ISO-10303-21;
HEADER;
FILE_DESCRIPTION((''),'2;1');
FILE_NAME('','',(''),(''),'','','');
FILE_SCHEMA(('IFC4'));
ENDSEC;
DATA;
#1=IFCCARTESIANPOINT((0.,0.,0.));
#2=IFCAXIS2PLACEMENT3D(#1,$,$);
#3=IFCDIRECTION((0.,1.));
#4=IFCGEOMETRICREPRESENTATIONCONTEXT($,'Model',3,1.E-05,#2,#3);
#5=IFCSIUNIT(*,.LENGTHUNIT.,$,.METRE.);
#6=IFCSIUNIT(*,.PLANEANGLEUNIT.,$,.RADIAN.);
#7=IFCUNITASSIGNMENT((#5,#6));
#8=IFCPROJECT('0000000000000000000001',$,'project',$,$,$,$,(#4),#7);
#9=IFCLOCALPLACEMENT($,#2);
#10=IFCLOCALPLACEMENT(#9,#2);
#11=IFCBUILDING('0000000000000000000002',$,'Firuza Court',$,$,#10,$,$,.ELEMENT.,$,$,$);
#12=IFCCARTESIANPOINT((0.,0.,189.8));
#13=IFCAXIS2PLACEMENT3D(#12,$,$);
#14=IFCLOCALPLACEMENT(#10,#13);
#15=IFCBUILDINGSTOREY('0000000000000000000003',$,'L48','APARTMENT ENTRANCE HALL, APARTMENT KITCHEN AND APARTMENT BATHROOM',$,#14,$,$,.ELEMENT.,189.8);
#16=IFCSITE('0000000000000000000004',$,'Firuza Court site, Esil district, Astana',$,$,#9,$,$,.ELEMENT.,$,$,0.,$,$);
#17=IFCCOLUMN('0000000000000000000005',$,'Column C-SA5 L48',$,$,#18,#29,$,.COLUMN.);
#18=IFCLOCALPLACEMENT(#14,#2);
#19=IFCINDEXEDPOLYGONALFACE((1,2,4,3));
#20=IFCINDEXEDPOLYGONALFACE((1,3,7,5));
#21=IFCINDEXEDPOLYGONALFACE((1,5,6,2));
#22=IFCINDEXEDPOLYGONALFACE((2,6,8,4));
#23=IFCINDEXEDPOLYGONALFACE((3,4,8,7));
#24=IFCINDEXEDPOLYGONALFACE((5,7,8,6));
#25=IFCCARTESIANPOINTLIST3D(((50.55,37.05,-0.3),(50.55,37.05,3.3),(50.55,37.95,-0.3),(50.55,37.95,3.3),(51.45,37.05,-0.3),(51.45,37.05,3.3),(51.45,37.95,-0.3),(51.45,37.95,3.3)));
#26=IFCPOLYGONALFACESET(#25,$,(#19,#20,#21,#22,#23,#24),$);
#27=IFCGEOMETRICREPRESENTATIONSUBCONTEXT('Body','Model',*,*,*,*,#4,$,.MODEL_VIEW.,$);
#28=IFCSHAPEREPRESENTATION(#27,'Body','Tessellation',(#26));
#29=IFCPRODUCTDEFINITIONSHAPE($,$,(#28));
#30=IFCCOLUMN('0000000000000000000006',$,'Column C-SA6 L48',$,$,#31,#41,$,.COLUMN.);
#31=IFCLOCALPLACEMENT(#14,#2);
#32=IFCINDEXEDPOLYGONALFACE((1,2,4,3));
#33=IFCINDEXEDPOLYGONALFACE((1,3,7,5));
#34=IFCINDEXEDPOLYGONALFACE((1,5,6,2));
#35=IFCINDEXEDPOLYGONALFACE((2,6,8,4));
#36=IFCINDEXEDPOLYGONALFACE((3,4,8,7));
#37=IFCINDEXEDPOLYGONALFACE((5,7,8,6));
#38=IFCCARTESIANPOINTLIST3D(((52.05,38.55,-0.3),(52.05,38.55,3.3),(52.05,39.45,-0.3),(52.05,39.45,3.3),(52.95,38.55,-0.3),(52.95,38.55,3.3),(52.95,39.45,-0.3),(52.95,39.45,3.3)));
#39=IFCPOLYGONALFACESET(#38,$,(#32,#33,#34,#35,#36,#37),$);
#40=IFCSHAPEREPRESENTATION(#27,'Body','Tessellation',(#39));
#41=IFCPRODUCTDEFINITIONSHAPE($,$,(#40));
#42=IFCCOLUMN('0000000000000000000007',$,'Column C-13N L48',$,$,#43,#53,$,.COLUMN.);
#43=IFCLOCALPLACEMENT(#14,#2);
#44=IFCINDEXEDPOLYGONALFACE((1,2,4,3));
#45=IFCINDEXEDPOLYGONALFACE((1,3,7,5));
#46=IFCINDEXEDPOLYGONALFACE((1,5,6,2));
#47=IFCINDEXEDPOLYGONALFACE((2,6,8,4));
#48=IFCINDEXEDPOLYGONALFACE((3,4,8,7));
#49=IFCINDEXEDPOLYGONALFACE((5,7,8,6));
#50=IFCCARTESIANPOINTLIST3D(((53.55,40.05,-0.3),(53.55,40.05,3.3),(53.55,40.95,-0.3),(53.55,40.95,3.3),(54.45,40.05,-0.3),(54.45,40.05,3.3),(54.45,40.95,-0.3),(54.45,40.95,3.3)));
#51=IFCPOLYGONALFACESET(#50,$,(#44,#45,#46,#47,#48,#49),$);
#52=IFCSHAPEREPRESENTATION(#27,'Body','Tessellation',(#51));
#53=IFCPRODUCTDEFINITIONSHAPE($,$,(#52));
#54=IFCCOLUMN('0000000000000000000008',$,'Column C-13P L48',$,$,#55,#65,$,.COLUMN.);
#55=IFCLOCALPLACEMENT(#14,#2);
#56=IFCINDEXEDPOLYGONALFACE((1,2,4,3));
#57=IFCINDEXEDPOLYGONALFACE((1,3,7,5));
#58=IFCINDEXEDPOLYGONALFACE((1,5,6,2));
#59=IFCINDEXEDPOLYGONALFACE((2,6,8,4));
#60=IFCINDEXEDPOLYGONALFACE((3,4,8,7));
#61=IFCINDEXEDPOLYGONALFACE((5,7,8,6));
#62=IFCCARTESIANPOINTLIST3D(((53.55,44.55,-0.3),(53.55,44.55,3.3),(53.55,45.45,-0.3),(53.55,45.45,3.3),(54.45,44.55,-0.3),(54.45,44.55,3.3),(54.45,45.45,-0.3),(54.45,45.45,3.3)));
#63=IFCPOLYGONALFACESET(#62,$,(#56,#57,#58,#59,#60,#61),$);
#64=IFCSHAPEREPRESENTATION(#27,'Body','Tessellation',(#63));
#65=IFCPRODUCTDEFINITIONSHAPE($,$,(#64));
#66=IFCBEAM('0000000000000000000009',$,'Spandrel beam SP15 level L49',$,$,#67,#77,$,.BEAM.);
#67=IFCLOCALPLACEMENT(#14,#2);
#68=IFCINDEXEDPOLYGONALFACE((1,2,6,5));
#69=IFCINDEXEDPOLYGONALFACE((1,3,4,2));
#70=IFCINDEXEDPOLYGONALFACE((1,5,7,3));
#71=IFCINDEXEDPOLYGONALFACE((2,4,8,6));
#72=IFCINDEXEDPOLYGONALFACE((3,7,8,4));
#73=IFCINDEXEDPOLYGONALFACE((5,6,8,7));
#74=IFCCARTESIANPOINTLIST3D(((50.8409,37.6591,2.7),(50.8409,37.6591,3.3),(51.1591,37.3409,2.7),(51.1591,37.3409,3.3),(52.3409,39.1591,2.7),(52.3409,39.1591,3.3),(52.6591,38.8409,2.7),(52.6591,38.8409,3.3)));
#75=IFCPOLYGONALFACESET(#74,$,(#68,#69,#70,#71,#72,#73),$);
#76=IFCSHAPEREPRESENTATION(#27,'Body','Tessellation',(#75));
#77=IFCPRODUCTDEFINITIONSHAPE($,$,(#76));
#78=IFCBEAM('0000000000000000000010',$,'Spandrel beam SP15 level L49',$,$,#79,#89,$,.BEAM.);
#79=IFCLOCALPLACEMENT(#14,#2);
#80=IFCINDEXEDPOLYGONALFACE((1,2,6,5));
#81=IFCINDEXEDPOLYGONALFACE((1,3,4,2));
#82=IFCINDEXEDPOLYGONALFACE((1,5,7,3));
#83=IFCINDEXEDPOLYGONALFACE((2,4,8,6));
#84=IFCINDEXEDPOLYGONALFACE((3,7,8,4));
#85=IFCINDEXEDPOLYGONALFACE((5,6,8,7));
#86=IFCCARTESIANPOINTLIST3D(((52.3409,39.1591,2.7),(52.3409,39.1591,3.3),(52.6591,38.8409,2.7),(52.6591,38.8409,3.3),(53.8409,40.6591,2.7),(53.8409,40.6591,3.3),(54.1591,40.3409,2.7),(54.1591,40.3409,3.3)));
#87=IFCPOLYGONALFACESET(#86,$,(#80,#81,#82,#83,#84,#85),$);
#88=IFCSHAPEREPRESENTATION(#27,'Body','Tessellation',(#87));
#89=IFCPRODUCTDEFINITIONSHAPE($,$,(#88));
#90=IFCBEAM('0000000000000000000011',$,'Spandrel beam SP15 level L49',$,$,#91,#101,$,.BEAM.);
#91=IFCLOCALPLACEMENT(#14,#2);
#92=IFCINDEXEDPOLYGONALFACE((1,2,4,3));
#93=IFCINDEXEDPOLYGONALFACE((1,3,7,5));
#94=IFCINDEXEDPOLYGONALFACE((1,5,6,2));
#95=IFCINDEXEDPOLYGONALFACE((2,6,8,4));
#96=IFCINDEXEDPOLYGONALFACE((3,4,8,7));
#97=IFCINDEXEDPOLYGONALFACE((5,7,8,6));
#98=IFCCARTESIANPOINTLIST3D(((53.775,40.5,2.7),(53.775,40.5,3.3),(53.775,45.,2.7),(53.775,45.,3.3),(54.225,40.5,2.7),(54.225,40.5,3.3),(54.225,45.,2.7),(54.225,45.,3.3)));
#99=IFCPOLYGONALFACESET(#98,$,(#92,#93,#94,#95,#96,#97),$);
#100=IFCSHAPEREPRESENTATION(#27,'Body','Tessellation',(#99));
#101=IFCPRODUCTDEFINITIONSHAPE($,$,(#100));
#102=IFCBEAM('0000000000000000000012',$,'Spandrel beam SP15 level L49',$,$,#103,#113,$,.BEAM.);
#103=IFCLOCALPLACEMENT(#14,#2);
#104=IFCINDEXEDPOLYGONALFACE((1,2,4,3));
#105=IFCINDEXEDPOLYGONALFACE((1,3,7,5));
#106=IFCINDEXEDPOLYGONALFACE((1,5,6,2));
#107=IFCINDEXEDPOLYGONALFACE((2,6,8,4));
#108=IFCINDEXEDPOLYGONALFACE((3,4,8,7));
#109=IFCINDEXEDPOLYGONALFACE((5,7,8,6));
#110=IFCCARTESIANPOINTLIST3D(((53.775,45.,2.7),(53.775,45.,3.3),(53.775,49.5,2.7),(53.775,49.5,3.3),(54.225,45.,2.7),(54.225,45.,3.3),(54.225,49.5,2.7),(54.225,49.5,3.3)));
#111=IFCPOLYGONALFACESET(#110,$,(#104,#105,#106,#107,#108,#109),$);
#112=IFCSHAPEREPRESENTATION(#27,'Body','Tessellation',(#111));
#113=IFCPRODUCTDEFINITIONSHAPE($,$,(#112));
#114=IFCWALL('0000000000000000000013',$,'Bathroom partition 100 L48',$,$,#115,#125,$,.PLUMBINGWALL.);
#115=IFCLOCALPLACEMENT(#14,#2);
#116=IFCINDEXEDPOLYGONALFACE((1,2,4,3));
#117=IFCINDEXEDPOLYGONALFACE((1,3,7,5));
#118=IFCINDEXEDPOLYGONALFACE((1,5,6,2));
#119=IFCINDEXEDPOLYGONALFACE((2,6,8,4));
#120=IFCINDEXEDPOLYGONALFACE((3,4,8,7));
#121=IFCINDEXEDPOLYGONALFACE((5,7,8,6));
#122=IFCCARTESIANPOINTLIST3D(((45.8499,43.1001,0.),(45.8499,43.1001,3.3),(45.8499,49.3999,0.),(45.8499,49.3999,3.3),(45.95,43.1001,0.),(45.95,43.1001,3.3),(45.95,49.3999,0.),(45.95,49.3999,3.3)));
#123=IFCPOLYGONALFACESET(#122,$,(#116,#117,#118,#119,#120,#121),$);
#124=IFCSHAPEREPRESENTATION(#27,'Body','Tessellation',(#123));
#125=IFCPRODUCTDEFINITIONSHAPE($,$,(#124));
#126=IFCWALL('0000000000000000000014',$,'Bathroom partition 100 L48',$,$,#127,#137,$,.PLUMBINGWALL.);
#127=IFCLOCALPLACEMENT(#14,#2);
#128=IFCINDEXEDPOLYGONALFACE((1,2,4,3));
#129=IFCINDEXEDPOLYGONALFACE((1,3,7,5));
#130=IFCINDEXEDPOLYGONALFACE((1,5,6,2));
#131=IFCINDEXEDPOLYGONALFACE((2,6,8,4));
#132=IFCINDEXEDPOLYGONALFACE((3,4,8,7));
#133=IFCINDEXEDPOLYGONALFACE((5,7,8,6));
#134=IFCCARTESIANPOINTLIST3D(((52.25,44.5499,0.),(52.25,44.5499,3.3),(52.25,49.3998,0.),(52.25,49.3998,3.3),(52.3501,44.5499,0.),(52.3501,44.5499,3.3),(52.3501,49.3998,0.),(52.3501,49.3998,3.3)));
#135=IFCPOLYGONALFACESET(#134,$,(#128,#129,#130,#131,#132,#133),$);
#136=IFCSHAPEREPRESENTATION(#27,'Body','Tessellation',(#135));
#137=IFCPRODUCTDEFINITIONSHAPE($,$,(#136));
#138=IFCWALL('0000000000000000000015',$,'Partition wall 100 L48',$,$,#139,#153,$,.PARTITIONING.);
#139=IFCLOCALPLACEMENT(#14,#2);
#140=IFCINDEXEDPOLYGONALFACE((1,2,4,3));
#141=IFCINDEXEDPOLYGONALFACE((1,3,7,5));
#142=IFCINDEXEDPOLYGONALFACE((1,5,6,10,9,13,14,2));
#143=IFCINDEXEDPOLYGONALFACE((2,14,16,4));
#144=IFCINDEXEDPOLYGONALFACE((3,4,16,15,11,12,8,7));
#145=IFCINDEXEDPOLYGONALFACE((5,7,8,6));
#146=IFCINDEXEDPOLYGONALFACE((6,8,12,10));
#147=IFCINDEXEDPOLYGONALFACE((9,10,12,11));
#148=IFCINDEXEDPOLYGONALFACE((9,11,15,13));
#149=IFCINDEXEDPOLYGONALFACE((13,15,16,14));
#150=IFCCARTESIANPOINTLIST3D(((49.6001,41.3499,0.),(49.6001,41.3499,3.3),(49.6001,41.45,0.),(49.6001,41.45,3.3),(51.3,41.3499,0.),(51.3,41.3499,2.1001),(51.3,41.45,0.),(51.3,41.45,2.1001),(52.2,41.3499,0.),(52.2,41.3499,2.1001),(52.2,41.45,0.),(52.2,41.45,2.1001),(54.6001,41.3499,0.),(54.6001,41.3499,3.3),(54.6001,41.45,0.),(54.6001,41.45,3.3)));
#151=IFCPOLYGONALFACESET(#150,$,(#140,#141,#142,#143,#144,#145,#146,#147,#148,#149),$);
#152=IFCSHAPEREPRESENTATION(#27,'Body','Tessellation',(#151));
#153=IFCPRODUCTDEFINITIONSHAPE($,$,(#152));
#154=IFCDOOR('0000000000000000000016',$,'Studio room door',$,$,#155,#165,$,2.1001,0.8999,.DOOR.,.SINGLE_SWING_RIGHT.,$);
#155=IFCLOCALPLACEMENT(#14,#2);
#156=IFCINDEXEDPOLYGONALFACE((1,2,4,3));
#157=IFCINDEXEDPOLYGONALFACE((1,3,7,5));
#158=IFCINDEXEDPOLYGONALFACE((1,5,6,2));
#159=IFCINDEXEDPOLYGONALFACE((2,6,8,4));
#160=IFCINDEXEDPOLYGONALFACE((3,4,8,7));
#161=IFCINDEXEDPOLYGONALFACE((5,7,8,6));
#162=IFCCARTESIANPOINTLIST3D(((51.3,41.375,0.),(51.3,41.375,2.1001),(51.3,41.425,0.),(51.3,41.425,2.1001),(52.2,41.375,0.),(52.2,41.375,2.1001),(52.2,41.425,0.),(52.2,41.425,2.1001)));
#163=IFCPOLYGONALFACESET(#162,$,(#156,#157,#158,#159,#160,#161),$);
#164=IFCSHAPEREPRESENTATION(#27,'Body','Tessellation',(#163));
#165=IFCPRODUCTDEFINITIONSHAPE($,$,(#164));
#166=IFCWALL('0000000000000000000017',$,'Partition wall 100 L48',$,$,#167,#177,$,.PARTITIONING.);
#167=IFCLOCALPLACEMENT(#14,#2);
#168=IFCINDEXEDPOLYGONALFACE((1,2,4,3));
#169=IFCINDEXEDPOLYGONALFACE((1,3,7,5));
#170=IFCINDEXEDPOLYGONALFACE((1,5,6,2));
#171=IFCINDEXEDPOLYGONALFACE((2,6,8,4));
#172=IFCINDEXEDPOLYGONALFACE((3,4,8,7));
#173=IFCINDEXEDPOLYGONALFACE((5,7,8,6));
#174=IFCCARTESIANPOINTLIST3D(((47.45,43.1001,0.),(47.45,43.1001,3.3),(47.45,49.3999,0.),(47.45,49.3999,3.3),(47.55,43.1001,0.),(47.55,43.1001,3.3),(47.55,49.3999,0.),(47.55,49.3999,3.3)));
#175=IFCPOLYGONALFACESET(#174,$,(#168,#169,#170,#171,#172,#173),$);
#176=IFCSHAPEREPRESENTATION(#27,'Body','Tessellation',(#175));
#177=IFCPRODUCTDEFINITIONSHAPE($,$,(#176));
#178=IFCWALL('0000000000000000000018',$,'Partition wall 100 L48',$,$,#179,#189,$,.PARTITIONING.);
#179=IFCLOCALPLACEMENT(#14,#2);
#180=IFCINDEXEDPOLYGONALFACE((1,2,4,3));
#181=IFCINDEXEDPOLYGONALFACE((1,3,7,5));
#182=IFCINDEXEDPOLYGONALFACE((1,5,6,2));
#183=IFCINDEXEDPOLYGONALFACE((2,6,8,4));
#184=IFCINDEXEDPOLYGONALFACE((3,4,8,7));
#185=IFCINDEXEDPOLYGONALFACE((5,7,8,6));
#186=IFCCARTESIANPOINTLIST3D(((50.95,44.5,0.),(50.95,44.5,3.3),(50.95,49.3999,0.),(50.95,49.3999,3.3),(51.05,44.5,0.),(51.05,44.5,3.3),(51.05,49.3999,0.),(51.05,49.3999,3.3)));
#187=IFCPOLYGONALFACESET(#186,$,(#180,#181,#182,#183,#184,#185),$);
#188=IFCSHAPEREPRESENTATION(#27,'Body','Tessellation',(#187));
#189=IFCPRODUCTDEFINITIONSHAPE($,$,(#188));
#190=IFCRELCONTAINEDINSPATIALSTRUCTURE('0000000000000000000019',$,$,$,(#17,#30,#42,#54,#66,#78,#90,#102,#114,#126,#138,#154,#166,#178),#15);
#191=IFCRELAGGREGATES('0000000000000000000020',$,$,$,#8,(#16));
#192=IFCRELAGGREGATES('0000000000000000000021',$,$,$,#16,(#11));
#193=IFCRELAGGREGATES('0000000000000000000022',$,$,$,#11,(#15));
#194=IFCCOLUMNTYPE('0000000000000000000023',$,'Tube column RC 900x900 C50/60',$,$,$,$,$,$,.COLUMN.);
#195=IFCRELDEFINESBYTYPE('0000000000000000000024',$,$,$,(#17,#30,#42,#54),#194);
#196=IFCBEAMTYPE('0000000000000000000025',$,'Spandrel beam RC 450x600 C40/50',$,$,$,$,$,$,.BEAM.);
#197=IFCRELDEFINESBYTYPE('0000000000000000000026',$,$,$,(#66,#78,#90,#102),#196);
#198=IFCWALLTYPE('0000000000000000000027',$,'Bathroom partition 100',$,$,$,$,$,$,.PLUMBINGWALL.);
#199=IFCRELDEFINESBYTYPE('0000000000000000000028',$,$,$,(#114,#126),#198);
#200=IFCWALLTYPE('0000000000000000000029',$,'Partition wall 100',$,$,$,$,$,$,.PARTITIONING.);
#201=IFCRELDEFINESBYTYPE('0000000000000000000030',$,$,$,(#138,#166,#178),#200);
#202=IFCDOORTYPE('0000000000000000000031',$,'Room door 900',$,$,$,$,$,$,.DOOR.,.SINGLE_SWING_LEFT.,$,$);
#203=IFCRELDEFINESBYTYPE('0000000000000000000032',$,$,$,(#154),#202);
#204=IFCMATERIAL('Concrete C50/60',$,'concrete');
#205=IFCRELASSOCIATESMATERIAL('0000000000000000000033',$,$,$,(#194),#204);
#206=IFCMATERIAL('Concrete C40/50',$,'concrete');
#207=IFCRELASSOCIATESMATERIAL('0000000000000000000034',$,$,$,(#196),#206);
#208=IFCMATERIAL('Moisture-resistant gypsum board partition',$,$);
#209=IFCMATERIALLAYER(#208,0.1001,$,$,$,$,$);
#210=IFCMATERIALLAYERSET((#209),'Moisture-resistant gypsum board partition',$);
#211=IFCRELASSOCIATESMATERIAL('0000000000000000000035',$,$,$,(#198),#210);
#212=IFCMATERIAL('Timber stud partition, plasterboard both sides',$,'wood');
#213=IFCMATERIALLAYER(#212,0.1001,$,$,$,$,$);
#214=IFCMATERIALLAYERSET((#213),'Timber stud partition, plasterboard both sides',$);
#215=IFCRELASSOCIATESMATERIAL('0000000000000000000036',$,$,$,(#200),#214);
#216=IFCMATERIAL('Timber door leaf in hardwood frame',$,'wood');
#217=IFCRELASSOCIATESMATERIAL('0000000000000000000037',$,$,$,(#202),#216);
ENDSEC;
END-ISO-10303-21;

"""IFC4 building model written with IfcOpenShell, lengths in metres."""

from ifc_helpers import new_model, si_unit, direction, frame, frame_2d, origin, origin_2d, place, context, subcontext, project, spatial, rectangle, extrude, material, layer, layer_set, material_profile, profile_set, type_object, element, fill, save


model = new_model("IFC4")

# Units and contexts
model_context = context("Model", 3, precision=1e-05, world=origin(), true_north=direction((0.0, 1.0)))
body_context = subcontext(model_context, "Body", "Model", "MODEL_VIEW")
ifc_project = project(units=[si_unit("LENGTHUNIT", "METRE"), si_unit("PLANEANGLEUNIT", "RADIAN")], contexts=[model_context])

# Site, building, storey
site_placement = place(None, origin())
site = spatial("IfcSite", under=ifc_project, at=site_placement, Name="Firuza Court site, Esil district, Astana", CompositionType="ELEMENT", RefElevation=0.0)
building_placement = place(site_placement, origin())
building = spatial("IfcBuilding", under=site, at=building_placement, Name="Firuza Court", CompositionType="ELEMENT")
storey_placement = place(building_placement, frame((0.0, 0.0, 189.8)))
storey = spatial("IfcBuildingStorey", under=building, at=storey_placement, Name="L48", Description="APARTMENT ENTRANCE HALL, APARTMENT KITCHEN AND APARTMENT BATHROOM", CompositionType="ELEMENT", Elevation=189.8)

# Columns
ifc_material_1 = material(Name="Concrete C50/60", Category="concrete")
ifc_material_profile_1 = material_profile(ifc_material_1, rectangle(XDim=0.8999, YDim=0.8999, at=origin_2d()), Name="RC 900x900")
ifc_profile_set_1 = profile_set([ifc_material_profile_1], Name="Concrete C50/60")
column_type = type_object("IfcColumnType", Name="Tube column RC 900x900 C50/60", PredefinedType="COLUMN", material=ifc_profile_set_1)
for number, where, z_axis, x_axis, name in (
    (1, (51.0, 37.5, -0.3), (0.0, 0.0, 1.0), (1.0, 0.0, 0.0), "Column C-SA5 L48"),
    (2, (52.5, 39.0, -0.3), (0.0, 0.0, 1.0), (1.0, 0.0, 0.0), "Column C-SA6 L48"),
    (3, (54.0, 40.5, -0.3), (0.0, 0.0, 1.0), (1.0, 0.0, 0.0), "Column C-13N L48"),
    (4, (54.0, 45.0, -0.3), (0.0, 0.0, 1.0), (1.0, 0.0, 0.0), "Column C-13P L48"),
):
    element("IfcColumn", number, at=place(storey_placement, frame(where, z_axis=z_axis, x_axis=x_axis)), inside=storey, type_object=column_type, Name=name, PredefinedType="COLUMN", context=body_context, shape_type="SweptSolid", body=[
        extrude(rectangle(XDim=0.8999, YDim=0.8999, at=origin_2d()), origin(), (0.0, 0.0, 1.0), 3.6001),
    ])

# Beams
ifc_material_2 = material(Name="Concrete C40/50", Category="concrete")
ifc_material_profile_2 = material_profile(ifc_material_2, rectangle(XDim=0.45, YDim=0.6001, at=origin_2d()), Name="RC 450x600")
ifc_profile_set_2 = profile_set([ifc_material_profile_2], Name="Concrete C40/50")
beam_type = type_object("IfcBeamType", Name="Spandrel beam RC 450x600 C40/50", PredefinedType="BEAM", material=ifc_profile_set_2)
for number, where, z_axis, x_axis, name in (
    (5, (51.0, 37.5, 3.0), (0.707107, 0.707107, 0.0), (-0.707107, 0.707107, 0.0), "Spandrel beam SP15 level L49"),
    (6, (52.5, 39.0, 3.0), (0.707107, 0.707107, 0.0), (-0.707107, 0.707107, 0.0), "Spandrel beam SP15 level L49"),
):
    element("IfcBeam", number, at=place(storey_placement, frame(where, z_axis=z_axis, x_axis=x_axis)), inside=storey, type_object=beam_type, Name=name, PredefinedType="BEAM", context=body_context, shape_type="SweptSolid", body=[
        extrude(rectangle(XDim=0.45, YDim=0.6001, at=origin_2d()), origin(), (0.0, 0.0, 1.0), 2.1213),
    ])
for number, where, z_axis, x_axis, name in (
    (7, (54.0, 40.5, 3.0), (0.0, 1.0, 0.0), (-1.0, 0.0, 0.0), "Spandrel beam SP15 level L49"),
    (8, (54.0, 45.0, 3.0), (0.0, 1.0, 0.0), (-1.0, 0.0, 0.0), "Spandrel beam SP15 level L49"),
):
    element("IfcBeam", number, at=place(storey_placement, frame(where, z_axis=z_axis, x_axis=x_axis)), inside=storey, type_object=beam_type, Name=name, PredefinedType="BEAM", context=body_context, shape_type="SweptSolid", body=[
        extrude(rectangle(XDim=0.45, YDim=0.6001, at=origin_2d()), origin(), (0.0, 0.0, 1.0), 4.5),
    ])

# Walls
ifc_material_3 = material(Name="Moisture-resistant gypsum board partition")
ifc_layer_1 = layer(ifc_material_3, 0.1001)
ifc_layer_set_1 = layer_set([ifc_layer_1], Name="Moisture-resistant gypsum board partition")
wall_type_1 = type_object("IfcWallType", Name="Bathroom partition 100", PredefinedType="PLUMBINGWALL", material=ifc_layer_set_1)
wall_1_placement = place(storey_placement, frame((45.8999, 43.1001, 0.0), z_axis=(0.0, 0.0, 1.0), x_axis=(0.0, 1.0, 0.0)))
element("IfcWall", 9, at=wall_1_placement, inside=storey, type_object=wall_type_1, Name="Bathroom partition 100 L48", PredefinedType="PLUMBINGWALL", context=body_context, shape_type="SweptSolid", body=[
    extrude(rectangle(XDim=6.2998, YDim=0.1001, at=frame_2d((3.1499, 0.0))), origin(), (0.0, 0.0, 1.0), 3.3),
])
wall_2_placement = place(storey_placement, frame((52.3, 44.55, 0.0), z_axis=(0.0, 0.0, 1.0), x_axis=(0.0, 1.0, 0.0)))
element("IfcWall", 10, at=wall_2_placement, inside=storey, type_object=wall_type_1, Name="Bathroom partition 100 L48", PredefinedType="PLUMBINGWALL", context=body_context, shape_type="SweptSolid", body=[
    extrude(rectangle(XDim=4.8499, YDim=0.1001, at=frame_2d((2.4248, 0.0))), origin(), (0.0, 0.0, 1.0), 3.3),
])

# Wall, opening, door
ifc_material_4 = material(Name="Timber stud partition, plasterboard both sides", Category="wood")
ifc_layer_2 = layer(ifc_material_4, 0.1001)
ifc_layer_set_2 = layer_set([ifc_layer_2], Name="Timber stud partition, plasterboard both sides")
wall_type_2 = type_object("IfcWallType", Name="Partition wall 100", PredefinedType="PARTITIONING", material=ifc_layer_set_2)
wall_3_placement = place(storey_placement, frame((49.6001, 41.3999, 0.0), z_axis=(0.0, 0.0, 1.0), x_axis=(1.0, 0.0, 0.0)))
wall_3 = element("IfcWall", 11, at=wall_3_placement, inside=storey, type_object=wall_type_2, Name="Partition wall 100 L48", PredefinedType="PARTITIONING", context=body_context, shape_type="SweptSolid", body=[
    extrude(rectangle(XDim=5.0, YDim=0.1001, at=frame_2d((2.5, 0.0))), origin(), (0.0, 0.0, 1.0), 3.3),
])
opening_1_placement = place(wall_3_placement, frame((1.7, 0.0, 0.0)))
opening_1 = element("IfcOpeningElement", 12, at=opening_1_placement, cuts=wall_3, PredefinedType="OPENING", context=body_context, shape_type="SweptSolid", body=[
    extrude(rectangle(XDim=0.8999, YDim=2.1001, at=frame_2d((0.45, 1.05))), frame((0.0, 0.062, 0.0), z_axis=(0.0, -1.0, 0.0), x_axis=(1.0, 0.0, 0.0)), (0.0, 0.0, 1.0), 0.124),
])
ifc_material_5 = material(Name="Timber door leaf in hardwood frame", Category="wood")
door_type_1 = type_object("IfcDoorType", Name="Room door 900", OperationType="SINGLE_SWING_LEFT", PredefinedType="DOOR", material=ifc_material_5)
door_1_placement = place(opening_1_placement, frame((0.8999, 0.0, 0.0), z_axis=(0.0, 0.0, 1.0), x_axis=(-1.0, 0.0, 0.0)))
door_1 = element("IfcDoor", 13, at=door_1_placement, inside=storey, type_object=door_type_1, Name="Studio room door", OperationType="SINGLE_SWING_RIGHT", OverallHeight=2.1001, OverallWidth=0.8999, PredefinedType="DOOR", context=body_context, shape_type="SweptSolid", body=[
    extrude(rectangle(XDim=0.8999, YDim=2.1001, at=frame_2d((0.45, 1.05))), frame((0.0, 0.0249, 0.0), z_axis=(0.0, -1.0, 0.0), x_axis=(1.0, 0.0, 0.0)), (0.0, 0.0, 1.0), 0.05),
])
fill(opening_1, door_1)

# Walls
wall_4_placement = place(storey_placement, frame((47.5, 43.1001, 0.0), z_axis=(0.0, 0.0, 1.0), x_axis=(0.0, 1.0, 0.0)))
element("IfcWall", 14, at=wall_4_placement, inside=storey, type_object=wall_type_2, Name="Partition wall 100 L48", PredefinedType="PARTITIONING", context=body_context, shape_type="SweptSolid", body=[
    extrude(rectangle(XDim=6.2998, YDim=0.1001, at=frame_2d((3.1499, 0.0))), origin(), (0.0, 0.0, 1.0), 3.3),
])
wall_5_placement = place(storey_placement, frame((51.0, 44.5, 0.0), z_axis=(0.0, 0.0, 1.0), x_axis=(0.0, 1.0, 0.0)))
element("IfcWall", 15, at=wall_5_placement, inside=storey, type_object=wall_type_2, Name="Partition wall 100 L48", PredefinedType="PARTITIONING", context=body_context, shape_type="SweptSolid", body=[
    extrude(rectangle(XDim=4.8999, YDim=0.1001, at=frame_2d((2.45, 0.0))), origin(), (0.0, 0.0, 1.0), 3.3),
])

save(model, "model.ifc")
